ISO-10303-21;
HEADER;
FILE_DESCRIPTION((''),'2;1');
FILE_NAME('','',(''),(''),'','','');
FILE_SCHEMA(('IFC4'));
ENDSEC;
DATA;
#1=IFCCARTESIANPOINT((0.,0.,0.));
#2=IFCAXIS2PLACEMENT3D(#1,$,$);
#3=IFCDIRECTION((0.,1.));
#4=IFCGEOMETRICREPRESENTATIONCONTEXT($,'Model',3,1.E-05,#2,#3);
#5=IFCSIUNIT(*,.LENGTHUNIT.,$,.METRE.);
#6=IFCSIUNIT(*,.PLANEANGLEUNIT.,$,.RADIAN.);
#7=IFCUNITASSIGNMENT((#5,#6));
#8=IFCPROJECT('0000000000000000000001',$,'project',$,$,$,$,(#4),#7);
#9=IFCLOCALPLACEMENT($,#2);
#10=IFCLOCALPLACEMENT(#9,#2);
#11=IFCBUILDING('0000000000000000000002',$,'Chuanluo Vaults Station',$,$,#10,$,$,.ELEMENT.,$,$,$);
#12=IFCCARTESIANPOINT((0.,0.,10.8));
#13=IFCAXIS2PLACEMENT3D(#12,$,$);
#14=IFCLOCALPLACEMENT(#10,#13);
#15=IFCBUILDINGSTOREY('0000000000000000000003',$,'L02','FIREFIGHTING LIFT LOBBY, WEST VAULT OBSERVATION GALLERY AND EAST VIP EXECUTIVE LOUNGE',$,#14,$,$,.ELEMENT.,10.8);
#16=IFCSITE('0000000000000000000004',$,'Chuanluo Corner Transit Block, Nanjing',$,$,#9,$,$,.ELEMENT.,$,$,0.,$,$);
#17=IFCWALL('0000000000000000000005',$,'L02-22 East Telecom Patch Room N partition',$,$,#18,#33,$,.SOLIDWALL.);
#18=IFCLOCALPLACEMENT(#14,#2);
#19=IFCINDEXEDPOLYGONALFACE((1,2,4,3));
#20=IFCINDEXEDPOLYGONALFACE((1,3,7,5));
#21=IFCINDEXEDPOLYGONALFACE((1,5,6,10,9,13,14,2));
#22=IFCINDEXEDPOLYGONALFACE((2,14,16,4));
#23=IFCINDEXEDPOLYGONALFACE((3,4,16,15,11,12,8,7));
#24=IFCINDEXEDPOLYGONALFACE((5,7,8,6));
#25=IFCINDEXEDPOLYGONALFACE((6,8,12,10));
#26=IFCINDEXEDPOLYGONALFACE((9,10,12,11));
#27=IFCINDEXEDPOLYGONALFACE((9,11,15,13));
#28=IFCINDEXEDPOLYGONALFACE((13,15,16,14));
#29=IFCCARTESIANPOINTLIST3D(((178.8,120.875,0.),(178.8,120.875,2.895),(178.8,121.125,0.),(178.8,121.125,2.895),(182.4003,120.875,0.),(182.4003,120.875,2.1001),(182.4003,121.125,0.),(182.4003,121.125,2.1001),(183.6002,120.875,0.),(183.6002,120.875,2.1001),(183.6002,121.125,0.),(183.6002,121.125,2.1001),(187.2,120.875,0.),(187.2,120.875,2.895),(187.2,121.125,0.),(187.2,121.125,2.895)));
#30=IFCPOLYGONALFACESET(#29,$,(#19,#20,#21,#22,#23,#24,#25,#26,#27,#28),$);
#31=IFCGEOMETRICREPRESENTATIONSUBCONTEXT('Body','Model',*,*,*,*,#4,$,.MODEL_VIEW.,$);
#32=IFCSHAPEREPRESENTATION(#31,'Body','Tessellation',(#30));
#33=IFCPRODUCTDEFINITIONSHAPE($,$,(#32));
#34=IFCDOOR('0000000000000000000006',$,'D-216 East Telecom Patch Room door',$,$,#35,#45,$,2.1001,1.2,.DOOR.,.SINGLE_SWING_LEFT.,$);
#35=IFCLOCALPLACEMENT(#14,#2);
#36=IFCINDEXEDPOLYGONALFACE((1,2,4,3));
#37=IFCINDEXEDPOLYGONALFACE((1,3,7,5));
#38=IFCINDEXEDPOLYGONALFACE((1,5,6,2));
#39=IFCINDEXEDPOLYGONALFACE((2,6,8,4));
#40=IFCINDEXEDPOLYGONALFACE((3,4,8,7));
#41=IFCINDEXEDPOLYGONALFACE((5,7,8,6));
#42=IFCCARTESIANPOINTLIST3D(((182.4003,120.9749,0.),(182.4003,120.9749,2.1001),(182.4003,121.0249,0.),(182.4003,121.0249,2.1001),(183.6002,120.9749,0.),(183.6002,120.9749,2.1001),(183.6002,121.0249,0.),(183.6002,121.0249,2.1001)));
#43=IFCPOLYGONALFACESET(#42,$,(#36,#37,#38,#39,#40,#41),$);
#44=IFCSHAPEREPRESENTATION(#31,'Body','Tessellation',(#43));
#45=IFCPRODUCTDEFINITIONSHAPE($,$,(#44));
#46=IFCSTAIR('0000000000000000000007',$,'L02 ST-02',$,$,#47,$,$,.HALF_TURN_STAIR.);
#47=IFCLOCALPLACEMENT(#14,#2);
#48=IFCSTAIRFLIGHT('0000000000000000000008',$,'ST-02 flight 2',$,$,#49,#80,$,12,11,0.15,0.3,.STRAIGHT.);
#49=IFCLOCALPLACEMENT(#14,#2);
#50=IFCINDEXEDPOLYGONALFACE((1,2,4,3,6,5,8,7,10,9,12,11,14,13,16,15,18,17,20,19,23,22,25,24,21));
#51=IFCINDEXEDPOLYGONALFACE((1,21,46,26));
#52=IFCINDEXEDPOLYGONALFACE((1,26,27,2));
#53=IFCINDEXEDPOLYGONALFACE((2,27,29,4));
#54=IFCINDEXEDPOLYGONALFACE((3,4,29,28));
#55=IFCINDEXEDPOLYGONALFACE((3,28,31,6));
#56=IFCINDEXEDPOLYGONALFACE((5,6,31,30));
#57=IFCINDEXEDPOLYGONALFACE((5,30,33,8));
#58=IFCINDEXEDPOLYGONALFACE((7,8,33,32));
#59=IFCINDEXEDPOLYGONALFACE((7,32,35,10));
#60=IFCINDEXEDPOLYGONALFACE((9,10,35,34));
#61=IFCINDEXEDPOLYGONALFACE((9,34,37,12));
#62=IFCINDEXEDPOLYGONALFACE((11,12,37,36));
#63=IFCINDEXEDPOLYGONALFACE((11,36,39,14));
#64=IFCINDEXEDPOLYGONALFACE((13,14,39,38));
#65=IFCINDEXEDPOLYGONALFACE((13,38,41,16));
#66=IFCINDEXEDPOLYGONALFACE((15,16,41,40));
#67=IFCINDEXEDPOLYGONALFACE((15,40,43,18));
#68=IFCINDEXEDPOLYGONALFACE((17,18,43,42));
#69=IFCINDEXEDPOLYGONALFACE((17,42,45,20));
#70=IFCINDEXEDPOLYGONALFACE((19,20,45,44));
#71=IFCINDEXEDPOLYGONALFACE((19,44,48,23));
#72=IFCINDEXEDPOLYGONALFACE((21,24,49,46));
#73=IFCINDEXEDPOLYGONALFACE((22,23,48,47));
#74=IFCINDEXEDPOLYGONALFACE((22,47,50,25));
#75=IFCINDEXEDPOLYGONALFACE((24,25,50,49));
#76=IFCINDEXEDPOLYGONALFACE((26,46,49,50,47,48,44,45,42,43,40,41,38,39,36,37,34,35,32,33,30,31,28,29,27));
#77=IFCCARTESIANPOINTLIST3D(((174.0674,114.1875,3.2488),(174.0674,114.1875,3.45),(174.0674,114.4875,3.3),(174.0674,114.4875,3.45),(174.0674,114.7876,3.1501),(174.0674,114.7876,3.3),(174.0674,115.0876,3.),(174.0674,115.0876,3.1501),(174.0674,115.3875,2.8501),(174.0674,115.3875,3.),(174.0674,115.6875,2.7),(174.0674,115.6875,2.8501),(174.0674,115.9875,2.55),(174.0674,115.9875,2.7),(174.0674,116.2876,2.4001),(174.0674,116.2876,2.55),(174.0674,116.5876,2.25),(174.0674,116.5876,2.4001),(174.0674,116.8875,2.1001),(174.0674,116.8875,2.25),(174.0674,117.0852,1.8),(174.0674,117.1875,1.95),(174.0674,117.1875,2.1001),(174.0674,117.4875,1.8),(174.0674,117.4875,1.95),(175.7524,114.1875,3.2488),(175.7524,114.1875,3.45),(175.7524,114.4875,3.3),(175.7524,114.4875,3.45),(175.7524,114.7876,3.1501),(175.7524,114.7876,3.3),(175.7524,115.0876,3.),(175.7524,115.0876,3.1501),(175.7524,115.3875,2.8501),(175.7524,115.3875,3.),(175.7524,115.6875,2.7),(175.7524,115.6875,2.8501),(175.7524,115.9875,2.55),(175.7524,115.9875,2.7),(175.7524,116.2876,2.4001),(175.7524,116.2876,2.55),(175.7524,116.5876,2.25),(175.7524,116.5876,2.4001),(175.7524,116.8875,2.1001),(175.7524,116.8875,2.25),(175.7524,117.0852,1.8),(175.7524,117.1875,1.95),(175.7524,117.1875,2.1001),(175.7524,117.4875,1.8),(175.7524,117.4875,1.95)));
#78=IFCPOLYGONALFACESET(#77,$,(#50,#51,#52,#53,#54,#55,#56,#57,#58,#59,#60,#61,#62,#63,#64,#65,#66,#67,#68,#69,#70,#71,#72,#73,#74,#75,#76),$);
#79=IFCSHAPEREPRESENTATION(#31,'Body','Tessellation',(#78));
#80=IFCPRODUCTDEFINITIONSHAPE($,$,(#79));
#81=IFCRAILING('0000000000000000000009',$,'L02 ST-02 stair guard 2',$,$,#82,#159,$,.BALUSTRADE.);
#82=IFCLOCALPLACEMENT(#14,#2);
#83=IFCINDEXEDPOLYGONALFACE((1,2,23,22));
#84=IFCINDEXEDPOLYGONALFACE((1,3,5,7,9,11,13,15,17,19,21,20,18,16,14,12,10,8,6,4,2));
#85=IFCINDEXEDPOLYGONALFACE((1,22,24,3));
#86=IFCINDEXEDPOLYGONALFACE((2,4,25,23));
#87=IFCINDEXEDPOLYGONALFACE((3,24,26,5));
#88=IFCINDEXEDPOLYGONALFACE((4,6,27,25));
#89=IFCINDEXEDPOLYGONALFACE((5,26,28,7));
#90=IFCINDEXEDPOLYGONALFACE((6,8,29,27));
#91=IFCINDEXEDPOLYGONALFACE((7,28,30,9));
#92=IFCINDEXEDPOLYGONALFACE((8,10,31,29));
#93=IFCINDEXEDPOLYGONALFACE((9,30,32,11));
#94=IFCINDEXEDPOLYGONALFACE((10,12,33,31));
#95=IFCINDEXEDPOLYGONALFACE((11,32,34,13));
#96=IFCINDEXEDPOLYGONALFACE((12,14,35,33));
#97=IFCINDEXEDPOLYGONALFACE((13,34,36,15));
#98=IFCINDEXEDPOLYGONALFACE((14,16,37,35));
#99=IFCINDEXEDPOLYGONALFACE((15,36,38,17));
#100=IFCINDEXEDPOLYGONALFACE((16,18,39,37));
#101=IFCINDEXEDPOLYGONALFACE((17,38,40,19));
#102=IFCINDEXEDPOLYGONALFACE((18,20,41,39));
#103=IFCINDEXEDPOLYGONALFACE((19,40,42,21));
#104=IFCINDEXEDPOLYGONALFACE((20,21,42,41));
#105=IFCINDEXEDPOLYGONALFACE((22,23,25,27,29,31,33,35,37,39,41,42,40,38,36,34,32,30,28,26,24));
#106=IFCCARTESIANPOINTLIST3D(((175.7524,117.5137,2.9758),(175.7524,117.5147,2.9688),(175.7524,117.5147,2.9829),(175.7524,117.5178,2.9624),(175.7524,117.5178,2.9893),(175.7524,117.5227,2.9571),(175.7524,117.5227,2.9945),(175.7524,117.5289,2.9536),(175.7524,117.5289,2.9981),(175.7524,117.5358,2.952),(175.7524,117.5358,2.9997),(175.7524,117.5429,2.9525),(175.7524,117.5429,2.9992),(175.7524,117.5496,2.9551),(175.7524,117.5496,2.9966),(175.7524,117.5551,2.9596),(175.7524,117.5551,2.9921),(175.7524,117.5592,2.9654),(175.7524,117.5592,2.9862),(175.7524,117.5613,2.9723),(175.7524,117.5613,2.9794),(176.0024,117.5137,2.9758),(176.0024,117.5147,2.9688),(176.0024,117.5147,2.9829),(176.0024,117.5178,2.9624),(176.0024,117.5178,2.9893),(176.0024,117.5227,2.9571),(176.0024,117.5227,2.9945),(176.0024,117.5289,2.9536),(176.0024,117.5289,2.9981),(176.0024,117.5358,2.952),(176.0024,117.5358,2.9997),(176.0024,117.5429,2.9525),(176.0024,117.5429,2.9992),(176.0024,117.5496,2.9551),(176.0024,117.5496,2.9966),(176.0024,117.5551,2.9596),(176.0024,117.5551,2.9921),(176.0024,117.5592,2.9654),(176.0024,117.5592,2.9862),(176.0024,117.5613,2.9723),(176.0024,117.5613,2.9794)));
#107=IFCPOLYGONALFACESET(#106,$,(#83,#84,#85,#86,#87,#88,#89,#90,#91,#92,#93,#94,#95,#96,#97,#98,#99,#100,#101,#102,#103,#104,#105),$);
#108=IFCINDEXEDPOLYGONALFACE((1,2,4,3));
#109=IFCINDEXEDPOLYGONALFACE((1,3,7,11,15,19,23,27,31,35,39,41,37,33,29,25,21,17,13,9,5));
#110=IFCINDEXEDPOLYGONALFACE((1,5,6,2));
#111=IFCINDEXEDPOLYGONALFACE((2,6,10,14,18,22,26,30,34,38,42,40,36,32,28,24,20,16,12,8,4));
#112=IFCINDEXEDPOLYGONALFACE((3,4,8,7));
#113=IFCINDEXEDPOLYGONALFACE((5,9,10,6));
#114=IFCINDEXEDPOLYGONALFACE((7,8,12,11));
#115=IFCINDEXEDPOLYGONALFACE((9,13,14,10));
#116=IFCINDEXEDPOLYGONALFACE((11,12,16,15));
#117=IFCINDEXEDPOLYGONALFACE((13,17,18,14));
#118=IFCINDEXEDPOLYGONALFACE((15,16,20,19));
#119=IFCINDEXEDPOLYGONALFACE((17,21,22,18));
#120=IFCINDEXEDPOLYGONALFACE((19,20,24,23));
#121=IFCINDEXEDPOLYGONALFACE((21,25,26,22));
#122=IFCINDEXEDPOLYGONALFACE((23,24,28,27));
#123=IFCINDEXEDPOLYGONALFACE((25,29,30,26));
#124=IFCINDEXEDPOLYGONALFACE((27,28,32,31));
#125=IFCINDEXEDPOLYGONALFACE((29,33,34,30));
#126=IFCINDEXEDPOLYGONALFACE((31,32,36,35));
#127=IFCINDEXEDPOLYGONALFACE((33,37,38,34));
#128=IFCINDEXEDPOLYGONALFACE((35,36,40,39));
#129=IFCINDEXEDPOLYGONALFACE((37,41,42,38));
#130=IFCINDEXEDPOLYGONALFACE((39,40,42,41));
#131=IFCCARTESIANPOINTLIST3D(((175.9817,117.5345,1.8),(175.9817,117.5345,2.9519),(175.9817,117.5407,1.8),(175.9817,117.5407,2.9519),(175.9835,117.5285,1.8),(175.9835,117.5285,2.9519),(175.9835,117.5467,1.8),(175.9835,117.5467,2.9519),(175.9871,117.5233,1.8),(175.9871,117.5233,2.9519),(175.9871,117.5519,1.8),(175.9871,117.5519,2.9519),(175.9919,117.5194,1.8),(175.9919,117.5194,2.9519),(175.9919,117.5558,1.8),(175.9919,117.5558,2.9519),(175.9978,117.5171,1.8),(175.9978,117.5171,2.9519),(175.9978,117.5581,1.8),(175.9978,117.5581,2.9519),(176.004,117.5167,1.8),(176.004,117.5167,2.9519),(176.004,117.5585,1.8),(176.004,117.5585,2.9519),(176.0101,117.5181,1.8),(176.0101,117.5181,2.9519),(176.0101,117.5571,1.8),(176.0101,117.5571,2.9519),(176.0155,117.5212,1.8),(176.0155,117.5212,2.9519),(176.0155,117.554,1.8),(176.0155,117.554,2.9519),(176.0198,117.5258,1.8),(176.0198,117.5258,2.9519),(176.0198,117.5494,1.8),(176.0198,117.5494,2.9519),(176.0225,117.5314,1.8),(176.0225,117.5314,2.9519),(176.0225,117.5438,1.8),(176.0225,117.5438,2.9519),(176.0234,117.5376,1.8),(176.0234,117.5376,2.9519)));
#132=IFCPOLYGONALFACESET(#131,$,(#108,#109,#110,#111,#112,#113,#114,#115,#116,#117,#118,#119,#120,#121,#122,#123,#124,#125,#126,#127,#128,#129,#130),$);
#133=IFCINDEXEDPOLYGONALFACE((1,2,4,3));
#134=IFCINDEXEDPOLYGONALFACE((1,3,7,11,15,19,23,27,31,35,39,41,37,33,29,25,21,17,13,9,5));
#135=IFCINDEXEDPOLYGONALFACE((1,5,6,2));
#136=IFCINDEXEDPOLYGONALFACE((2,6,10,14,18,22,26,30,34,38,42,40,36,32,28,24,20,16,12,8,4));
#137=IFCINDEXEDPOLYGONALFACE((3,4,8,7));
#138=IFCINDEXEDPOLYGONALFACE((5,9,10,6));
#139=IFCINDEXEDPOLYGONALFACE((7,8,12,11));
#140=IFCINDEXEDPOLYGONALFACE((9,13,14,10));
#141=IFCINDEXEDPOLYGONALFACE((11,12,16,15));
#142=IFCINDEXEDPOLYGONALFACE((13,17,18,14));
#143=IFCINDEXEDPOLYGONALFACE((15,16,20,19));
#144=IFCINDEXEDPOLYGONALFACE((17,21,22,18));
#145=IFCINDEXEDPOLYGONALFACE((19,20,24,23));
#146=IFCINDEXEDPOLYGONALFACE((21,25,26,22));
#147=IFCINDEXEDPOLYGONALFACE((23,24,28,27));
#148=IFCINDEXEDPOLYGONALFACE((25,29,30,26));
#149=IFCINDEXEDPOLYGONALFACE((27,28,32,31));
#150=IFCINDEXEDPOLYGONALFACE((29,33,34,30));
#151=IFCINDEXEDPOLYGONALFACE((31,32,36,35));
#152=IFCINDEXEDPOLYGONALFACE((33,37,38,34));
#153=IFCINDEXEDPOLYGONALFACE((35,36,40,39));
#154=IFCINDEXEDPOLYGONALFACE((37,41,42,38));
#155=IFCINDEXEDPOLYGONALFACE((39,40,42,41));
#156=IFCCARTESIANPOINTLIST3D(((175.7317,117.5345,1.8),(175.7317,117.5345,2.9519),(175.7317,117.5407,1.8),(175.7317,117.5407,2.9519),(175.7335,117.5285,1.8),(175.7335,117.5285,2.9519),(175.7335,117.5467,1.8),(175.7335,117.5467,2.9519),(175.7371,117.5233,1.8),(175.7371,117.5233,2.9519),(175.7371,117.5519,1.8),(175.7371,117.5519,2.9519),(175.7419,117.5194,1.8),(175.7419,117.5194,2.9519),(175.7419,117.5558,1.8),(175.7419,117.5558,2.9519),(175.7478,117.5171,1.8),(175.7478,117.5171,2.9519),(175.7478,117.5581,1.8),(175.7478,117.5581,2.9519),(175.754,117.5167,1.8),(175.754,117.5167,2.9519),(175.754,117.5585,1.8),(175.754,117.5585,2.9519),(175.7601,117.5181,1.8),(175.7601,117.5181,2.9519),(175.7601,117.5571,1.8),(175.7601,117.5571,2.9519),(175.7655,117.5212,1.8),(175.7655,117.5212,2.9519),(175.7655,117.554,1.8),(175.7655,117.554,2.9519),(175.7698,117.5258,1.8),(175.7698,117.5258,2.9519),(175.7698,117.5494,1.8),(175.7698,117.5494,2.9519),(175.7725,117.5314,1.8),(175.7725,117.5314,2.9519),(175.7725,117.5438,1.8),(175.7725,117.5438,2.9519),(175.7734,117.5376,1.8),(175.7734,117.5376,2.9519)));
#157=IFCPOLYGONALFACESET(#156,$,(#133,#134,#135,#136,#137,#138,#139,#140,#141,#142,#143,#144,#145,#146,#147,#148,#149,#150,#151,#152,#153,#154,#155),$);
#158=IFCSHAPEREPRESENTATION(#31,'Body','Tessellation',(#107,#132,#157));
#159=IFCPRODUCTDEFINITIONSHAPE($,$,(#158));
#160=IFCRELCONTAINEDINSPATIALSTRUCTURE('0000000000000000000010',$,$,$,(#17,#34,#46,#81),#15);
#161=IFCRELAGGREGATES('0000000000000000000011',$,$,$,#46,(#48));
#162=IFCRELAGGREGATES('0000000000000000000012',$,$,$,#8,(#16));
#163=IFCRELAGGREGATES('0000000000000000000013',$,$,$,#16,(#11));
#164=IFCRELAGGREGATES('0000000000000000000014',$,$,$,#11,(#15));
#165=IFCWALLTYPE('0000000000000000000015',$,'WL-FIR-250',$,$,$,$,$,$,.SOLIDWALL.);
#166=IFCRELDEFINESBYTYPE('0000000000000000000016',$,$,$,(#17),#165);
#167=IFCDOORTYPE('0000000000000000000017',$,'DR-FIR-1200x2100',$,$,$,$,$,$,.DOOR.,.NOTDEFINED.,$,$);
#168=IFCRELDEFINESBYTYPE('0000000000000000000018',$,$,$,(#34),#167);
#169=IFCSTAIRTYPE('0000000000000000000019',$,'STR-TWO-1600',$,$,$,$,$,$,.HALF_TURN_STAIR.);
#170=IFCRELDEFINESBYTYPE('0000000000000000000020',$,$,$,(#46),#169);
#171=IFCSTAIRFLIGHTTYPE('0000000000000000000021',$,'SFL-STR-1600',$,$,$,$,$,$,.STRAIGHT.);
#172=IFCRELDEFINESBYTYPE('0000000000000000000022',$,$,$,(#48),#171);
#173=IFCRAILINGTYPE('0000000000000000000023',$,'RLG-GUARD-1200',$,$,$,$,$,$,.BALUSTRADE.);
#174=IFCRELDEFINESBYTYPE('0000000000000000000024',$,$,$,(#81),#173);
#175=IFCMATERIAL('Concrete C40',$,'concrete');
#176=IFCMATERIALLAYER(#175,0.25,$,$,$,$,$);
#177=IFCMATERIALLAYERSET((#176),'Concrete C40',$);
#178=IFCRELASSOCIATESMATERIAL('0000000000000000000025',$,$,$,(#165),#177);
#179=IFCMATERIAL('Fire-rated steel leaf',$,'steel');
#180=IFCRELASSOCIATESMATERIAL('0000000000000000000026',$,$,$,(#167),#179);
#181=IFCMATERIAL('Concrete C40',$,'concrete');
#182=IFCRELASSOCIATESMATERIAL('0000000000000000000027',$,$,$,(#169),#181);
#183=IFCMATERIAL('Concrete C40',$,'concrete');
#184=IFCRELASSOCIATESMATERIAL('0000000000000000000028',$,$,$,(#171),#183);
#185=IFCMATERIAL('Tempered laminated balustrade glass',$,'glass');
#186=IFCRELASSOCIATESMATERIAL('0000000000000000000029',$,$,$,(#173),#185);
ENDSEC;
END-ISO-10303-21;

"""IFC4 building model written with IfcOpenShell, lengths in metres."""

from ifc_helpers import new_model, si_unit, direction, frame, frame_2d, origin, origin_2d, place, context, subcontext, project, spatial, polyline, rectangle, circle, outline, extrude, material, layer, layer_set, type_object, element, fill, aggregate, save


model = new_model("IFC4")

# Units and contexts
model_context = context("Model", 3, precision=1e-05, world=origin(), true_north=direction((0.0, 1.0)))
body_context = subcontext(model_context, "Body", "Model", "MODEL_VIEW")
ifc_project = project(units=[si_unit("LENGTHUNIT", "METRE"), si_unit("PLANEANGLEUNIT", "RADIAN")], contexts=[model_context])

# Site, building, storey
site_placement = place(None, origin())
site = spatial("IfcSite", under=ifc_project, at=site_placement, Name="Chuanluo Corner Transit Block, Nanjing", CompositionType="ELEMENT", RefElevation=0.0)
building_placement = place(site_placement, origin())
building = spatial("IfcBuilding", under=site, at=building_placement, Name="Chuanluo Vaults Station", CompositionType="ELEMENT")
storey_placement = place(building_placement, frame((0.0, 0.0, 10.8)))
storey = spatial("IfcBuildingStorey", under=building, at=storey_placement, Name="L02", Description="FIREFIGHTING LIFT LOBBY, WEST VAULT OBSERVATION GALLERY AND EAST VIP EXECUTIVE LOUNGE", CompositionType="ELEMENT", Elevation=10.8)

# Wall, opening, door
ifc_material_1 = material(Name="Concrete C40", Category="concrete")
ifc_layer_1 = layer(ifc_material_1, 0.25)
ifc_layer_set_1 = layer_set([ifc_layer_1], Name="Concrete C40")
wall_type_1 = type_object("IfcWallType", Name="WL-FIR-250", PredefinedType="SOLIDWALL", material=ifc_layer_set_1)
wall_1_placement = place(storey_placement, frame((178.8, 121.0, 0.0), z_axis=(0.0, 0.0, 1.0), x_axis=(1.0, 0.0, 0.0)))
wall_1 = element("IfcWall", 1, at=wall_1_placement, inside=storey, type_object=wall_type_1, Name="L02-22 East Telecom Patch Room N partition", PredefinedType="SOLIDWALL", context=body_context, shape_type="SweptSolid", body=[
    extrude(rectangle(XDim=8.3999, YDim=0.25, at=frame_2d((4.2, 0.0))), origin(), (0.0, 0.0, 1.0), 2.895),
])
opening_1_placement = place(wall_1_placement, frame((3.6001, 0.0, 0.0)))
opening_1 = element("IfcOpeningElement", 2, at=opening_1_placement, cuts=wall_1, PredefinedType="OPENING", context=body_context, shape_type="SweptSolid", body=[
    extrude(rectangle(XDim=1.2, YDim=2.1001, at=frame_2d((0.6001, 1.05))), frame((0.0, 0.135, 0.0), z_axis=(0.0, -1.0, 0.0), x_axis=(1.0, 0.0, 0.0)), (0.0, 0.0, 1.0), 0.27),
])
ifc_material_2 = material(Name="Fire-rated steel leaf", Category="steel")
door_type = type_object("IfcDoorType", Name="DR-FIR-1200x2100", OperationType="NOTDEFINED", PredefinedType="DOOR", material=ifc_material_2)
door_placement = place(opening_1_placement, origin())
door = element("IfcDoor", 3, at=door_placement, inside=storey, type_object=door_type, Name="D-216 East Telecom Patch Room door", OperationType="SINGLE_SWING_LEFT", OverallHeight=2.1001, OverallWidth=1.2, PredefinedType="DOOR", context=body_context, shape_type="SweptSolid", body=[
    extrude(rectangle(XDim=1.2, YDim=2.1001, at=frame_2d((0.6001, 1.05))), frame((0.0, 0.0249, 0.0), z_axis=(0.0, -1.0, 0.0), x_axis=(1.0, 0.0, 0.0)), (0.0, 0.0, 1.0), 0.05),
])
fill(opening_1, door)

# Stair, stair flight
ifc_material_3 = material(Name="Concrete C40", Category="concrete")
stair_type = type_object("IfcStairType", Name="STR-TWO-1600", PredefinedType="HALF_TURN_STAIR", material=ifc_material_3)
stair_placement = place(storey_placement, origin())
stair = element("IfcStair", 4, at=stair_placement, inside=storey, type_object=stair_type, Name="L02 ST-02", PredefinedType="HALF_TURN_STAIR")
ifc_material_4 = material(Name="Concrete C40", Category="concrete")
stair_flight_type = type_object("IfcStairFlightType", Name="SFL-STR-1600", PredefinedType="STRAIGHT", material=ifc_material_4)
stair_flight_placement = place(storey_placement, frame((174.9099, 117.4875, 1.8), z_axis=(0.0, 0.0, 1.0), x_axis=(0.0, -1.0, 0.0)))
stair_flight = element("IfcStairFlight", 5, at=stair_flight_placement, type_object=stair_flight_type, Name="ST-02 flight 2", NumberOfRisers=12, NumberOfTreads=11, PredefinedType="STRAIGHT", RiserHeight=0.15, TreadLength=0.3, context=body_context, shape_type="SweptSolid", body=[
    extrude(outline(polyline([(0.0, 0.0), (0.0, 0.1499), (0.3, 0.1499), (0.3, 0.3), (0.6001, 0.3), (0.6001, 0.45), (0.8999, 0.45), (0.8999, 0.6001), (1.2, 0.6001), (1.2, 0.75), (1.5, 0.75), (1.5, 0.8999), (1.8, 0.8999), (1.8, 1.05), (2.1001, 1.05), (2.1001, 1.2), (2.3999, 1.2), (2.3999, 1.3501), (2.7, 1.3501), (2.7, 1.5), (3.0, 1.5), (3.0, 1.6499), (3.3, 1.6499), (3.3, 1.8), (3.3, 1.4487), (0.4023, 0.0), (0.0, 0.0)])), frame((0.0, 0.8425, 0.0), z_axis=(0.0, -1.0, 0.0), x_axis=(1.0, 0.0, 0.0)), (0.0, 0.0, 1.0), 1.6851),
])
aggregate(stair, [stair_flight])

# Railing
ifc_material_5 = material(Name="Tempered laminated balustrade glass", Category="glass")
railing_type_1 = type_object("IfcRailingType", Name="RLG-GUARD-1200", PredefinedType="BALUSTRADE", material=ifc_material_5)
railing_1_placement = place(storey_placement, frame((176.0024, 117.5376, 1.8)))
element("IfcRailing", 6, at=railing_1_placement, inside=storey, type_object=railing_type_1, Name="L02 ST-02 stair guard 2", PredefinedType="BALUSTRADE", context=body_context, shape_type="SweptSolid", body=[
    extrude(circle(Radius=0.0239, at=origin_2d()), frame((0.0, 0.0, 1.1758), z_axis=(-1.0, 0.0, 0.0), x_axis=(0.0, -1.0, 0.0)), (0.0, 0.0, 1.0), 0.25),
    extrude(circle(Radius=0.021, at=origin_2d()), origin(), (0.0, 0.0, 1.0), 1.1519),
    extrude(circle(Radius=0.021, at=origin_2d()), frame((-0.25, 0.0, 0.0)), (0.0, 0.0, 1.0), 1.1519),
])

save(model, "model.ifc")
